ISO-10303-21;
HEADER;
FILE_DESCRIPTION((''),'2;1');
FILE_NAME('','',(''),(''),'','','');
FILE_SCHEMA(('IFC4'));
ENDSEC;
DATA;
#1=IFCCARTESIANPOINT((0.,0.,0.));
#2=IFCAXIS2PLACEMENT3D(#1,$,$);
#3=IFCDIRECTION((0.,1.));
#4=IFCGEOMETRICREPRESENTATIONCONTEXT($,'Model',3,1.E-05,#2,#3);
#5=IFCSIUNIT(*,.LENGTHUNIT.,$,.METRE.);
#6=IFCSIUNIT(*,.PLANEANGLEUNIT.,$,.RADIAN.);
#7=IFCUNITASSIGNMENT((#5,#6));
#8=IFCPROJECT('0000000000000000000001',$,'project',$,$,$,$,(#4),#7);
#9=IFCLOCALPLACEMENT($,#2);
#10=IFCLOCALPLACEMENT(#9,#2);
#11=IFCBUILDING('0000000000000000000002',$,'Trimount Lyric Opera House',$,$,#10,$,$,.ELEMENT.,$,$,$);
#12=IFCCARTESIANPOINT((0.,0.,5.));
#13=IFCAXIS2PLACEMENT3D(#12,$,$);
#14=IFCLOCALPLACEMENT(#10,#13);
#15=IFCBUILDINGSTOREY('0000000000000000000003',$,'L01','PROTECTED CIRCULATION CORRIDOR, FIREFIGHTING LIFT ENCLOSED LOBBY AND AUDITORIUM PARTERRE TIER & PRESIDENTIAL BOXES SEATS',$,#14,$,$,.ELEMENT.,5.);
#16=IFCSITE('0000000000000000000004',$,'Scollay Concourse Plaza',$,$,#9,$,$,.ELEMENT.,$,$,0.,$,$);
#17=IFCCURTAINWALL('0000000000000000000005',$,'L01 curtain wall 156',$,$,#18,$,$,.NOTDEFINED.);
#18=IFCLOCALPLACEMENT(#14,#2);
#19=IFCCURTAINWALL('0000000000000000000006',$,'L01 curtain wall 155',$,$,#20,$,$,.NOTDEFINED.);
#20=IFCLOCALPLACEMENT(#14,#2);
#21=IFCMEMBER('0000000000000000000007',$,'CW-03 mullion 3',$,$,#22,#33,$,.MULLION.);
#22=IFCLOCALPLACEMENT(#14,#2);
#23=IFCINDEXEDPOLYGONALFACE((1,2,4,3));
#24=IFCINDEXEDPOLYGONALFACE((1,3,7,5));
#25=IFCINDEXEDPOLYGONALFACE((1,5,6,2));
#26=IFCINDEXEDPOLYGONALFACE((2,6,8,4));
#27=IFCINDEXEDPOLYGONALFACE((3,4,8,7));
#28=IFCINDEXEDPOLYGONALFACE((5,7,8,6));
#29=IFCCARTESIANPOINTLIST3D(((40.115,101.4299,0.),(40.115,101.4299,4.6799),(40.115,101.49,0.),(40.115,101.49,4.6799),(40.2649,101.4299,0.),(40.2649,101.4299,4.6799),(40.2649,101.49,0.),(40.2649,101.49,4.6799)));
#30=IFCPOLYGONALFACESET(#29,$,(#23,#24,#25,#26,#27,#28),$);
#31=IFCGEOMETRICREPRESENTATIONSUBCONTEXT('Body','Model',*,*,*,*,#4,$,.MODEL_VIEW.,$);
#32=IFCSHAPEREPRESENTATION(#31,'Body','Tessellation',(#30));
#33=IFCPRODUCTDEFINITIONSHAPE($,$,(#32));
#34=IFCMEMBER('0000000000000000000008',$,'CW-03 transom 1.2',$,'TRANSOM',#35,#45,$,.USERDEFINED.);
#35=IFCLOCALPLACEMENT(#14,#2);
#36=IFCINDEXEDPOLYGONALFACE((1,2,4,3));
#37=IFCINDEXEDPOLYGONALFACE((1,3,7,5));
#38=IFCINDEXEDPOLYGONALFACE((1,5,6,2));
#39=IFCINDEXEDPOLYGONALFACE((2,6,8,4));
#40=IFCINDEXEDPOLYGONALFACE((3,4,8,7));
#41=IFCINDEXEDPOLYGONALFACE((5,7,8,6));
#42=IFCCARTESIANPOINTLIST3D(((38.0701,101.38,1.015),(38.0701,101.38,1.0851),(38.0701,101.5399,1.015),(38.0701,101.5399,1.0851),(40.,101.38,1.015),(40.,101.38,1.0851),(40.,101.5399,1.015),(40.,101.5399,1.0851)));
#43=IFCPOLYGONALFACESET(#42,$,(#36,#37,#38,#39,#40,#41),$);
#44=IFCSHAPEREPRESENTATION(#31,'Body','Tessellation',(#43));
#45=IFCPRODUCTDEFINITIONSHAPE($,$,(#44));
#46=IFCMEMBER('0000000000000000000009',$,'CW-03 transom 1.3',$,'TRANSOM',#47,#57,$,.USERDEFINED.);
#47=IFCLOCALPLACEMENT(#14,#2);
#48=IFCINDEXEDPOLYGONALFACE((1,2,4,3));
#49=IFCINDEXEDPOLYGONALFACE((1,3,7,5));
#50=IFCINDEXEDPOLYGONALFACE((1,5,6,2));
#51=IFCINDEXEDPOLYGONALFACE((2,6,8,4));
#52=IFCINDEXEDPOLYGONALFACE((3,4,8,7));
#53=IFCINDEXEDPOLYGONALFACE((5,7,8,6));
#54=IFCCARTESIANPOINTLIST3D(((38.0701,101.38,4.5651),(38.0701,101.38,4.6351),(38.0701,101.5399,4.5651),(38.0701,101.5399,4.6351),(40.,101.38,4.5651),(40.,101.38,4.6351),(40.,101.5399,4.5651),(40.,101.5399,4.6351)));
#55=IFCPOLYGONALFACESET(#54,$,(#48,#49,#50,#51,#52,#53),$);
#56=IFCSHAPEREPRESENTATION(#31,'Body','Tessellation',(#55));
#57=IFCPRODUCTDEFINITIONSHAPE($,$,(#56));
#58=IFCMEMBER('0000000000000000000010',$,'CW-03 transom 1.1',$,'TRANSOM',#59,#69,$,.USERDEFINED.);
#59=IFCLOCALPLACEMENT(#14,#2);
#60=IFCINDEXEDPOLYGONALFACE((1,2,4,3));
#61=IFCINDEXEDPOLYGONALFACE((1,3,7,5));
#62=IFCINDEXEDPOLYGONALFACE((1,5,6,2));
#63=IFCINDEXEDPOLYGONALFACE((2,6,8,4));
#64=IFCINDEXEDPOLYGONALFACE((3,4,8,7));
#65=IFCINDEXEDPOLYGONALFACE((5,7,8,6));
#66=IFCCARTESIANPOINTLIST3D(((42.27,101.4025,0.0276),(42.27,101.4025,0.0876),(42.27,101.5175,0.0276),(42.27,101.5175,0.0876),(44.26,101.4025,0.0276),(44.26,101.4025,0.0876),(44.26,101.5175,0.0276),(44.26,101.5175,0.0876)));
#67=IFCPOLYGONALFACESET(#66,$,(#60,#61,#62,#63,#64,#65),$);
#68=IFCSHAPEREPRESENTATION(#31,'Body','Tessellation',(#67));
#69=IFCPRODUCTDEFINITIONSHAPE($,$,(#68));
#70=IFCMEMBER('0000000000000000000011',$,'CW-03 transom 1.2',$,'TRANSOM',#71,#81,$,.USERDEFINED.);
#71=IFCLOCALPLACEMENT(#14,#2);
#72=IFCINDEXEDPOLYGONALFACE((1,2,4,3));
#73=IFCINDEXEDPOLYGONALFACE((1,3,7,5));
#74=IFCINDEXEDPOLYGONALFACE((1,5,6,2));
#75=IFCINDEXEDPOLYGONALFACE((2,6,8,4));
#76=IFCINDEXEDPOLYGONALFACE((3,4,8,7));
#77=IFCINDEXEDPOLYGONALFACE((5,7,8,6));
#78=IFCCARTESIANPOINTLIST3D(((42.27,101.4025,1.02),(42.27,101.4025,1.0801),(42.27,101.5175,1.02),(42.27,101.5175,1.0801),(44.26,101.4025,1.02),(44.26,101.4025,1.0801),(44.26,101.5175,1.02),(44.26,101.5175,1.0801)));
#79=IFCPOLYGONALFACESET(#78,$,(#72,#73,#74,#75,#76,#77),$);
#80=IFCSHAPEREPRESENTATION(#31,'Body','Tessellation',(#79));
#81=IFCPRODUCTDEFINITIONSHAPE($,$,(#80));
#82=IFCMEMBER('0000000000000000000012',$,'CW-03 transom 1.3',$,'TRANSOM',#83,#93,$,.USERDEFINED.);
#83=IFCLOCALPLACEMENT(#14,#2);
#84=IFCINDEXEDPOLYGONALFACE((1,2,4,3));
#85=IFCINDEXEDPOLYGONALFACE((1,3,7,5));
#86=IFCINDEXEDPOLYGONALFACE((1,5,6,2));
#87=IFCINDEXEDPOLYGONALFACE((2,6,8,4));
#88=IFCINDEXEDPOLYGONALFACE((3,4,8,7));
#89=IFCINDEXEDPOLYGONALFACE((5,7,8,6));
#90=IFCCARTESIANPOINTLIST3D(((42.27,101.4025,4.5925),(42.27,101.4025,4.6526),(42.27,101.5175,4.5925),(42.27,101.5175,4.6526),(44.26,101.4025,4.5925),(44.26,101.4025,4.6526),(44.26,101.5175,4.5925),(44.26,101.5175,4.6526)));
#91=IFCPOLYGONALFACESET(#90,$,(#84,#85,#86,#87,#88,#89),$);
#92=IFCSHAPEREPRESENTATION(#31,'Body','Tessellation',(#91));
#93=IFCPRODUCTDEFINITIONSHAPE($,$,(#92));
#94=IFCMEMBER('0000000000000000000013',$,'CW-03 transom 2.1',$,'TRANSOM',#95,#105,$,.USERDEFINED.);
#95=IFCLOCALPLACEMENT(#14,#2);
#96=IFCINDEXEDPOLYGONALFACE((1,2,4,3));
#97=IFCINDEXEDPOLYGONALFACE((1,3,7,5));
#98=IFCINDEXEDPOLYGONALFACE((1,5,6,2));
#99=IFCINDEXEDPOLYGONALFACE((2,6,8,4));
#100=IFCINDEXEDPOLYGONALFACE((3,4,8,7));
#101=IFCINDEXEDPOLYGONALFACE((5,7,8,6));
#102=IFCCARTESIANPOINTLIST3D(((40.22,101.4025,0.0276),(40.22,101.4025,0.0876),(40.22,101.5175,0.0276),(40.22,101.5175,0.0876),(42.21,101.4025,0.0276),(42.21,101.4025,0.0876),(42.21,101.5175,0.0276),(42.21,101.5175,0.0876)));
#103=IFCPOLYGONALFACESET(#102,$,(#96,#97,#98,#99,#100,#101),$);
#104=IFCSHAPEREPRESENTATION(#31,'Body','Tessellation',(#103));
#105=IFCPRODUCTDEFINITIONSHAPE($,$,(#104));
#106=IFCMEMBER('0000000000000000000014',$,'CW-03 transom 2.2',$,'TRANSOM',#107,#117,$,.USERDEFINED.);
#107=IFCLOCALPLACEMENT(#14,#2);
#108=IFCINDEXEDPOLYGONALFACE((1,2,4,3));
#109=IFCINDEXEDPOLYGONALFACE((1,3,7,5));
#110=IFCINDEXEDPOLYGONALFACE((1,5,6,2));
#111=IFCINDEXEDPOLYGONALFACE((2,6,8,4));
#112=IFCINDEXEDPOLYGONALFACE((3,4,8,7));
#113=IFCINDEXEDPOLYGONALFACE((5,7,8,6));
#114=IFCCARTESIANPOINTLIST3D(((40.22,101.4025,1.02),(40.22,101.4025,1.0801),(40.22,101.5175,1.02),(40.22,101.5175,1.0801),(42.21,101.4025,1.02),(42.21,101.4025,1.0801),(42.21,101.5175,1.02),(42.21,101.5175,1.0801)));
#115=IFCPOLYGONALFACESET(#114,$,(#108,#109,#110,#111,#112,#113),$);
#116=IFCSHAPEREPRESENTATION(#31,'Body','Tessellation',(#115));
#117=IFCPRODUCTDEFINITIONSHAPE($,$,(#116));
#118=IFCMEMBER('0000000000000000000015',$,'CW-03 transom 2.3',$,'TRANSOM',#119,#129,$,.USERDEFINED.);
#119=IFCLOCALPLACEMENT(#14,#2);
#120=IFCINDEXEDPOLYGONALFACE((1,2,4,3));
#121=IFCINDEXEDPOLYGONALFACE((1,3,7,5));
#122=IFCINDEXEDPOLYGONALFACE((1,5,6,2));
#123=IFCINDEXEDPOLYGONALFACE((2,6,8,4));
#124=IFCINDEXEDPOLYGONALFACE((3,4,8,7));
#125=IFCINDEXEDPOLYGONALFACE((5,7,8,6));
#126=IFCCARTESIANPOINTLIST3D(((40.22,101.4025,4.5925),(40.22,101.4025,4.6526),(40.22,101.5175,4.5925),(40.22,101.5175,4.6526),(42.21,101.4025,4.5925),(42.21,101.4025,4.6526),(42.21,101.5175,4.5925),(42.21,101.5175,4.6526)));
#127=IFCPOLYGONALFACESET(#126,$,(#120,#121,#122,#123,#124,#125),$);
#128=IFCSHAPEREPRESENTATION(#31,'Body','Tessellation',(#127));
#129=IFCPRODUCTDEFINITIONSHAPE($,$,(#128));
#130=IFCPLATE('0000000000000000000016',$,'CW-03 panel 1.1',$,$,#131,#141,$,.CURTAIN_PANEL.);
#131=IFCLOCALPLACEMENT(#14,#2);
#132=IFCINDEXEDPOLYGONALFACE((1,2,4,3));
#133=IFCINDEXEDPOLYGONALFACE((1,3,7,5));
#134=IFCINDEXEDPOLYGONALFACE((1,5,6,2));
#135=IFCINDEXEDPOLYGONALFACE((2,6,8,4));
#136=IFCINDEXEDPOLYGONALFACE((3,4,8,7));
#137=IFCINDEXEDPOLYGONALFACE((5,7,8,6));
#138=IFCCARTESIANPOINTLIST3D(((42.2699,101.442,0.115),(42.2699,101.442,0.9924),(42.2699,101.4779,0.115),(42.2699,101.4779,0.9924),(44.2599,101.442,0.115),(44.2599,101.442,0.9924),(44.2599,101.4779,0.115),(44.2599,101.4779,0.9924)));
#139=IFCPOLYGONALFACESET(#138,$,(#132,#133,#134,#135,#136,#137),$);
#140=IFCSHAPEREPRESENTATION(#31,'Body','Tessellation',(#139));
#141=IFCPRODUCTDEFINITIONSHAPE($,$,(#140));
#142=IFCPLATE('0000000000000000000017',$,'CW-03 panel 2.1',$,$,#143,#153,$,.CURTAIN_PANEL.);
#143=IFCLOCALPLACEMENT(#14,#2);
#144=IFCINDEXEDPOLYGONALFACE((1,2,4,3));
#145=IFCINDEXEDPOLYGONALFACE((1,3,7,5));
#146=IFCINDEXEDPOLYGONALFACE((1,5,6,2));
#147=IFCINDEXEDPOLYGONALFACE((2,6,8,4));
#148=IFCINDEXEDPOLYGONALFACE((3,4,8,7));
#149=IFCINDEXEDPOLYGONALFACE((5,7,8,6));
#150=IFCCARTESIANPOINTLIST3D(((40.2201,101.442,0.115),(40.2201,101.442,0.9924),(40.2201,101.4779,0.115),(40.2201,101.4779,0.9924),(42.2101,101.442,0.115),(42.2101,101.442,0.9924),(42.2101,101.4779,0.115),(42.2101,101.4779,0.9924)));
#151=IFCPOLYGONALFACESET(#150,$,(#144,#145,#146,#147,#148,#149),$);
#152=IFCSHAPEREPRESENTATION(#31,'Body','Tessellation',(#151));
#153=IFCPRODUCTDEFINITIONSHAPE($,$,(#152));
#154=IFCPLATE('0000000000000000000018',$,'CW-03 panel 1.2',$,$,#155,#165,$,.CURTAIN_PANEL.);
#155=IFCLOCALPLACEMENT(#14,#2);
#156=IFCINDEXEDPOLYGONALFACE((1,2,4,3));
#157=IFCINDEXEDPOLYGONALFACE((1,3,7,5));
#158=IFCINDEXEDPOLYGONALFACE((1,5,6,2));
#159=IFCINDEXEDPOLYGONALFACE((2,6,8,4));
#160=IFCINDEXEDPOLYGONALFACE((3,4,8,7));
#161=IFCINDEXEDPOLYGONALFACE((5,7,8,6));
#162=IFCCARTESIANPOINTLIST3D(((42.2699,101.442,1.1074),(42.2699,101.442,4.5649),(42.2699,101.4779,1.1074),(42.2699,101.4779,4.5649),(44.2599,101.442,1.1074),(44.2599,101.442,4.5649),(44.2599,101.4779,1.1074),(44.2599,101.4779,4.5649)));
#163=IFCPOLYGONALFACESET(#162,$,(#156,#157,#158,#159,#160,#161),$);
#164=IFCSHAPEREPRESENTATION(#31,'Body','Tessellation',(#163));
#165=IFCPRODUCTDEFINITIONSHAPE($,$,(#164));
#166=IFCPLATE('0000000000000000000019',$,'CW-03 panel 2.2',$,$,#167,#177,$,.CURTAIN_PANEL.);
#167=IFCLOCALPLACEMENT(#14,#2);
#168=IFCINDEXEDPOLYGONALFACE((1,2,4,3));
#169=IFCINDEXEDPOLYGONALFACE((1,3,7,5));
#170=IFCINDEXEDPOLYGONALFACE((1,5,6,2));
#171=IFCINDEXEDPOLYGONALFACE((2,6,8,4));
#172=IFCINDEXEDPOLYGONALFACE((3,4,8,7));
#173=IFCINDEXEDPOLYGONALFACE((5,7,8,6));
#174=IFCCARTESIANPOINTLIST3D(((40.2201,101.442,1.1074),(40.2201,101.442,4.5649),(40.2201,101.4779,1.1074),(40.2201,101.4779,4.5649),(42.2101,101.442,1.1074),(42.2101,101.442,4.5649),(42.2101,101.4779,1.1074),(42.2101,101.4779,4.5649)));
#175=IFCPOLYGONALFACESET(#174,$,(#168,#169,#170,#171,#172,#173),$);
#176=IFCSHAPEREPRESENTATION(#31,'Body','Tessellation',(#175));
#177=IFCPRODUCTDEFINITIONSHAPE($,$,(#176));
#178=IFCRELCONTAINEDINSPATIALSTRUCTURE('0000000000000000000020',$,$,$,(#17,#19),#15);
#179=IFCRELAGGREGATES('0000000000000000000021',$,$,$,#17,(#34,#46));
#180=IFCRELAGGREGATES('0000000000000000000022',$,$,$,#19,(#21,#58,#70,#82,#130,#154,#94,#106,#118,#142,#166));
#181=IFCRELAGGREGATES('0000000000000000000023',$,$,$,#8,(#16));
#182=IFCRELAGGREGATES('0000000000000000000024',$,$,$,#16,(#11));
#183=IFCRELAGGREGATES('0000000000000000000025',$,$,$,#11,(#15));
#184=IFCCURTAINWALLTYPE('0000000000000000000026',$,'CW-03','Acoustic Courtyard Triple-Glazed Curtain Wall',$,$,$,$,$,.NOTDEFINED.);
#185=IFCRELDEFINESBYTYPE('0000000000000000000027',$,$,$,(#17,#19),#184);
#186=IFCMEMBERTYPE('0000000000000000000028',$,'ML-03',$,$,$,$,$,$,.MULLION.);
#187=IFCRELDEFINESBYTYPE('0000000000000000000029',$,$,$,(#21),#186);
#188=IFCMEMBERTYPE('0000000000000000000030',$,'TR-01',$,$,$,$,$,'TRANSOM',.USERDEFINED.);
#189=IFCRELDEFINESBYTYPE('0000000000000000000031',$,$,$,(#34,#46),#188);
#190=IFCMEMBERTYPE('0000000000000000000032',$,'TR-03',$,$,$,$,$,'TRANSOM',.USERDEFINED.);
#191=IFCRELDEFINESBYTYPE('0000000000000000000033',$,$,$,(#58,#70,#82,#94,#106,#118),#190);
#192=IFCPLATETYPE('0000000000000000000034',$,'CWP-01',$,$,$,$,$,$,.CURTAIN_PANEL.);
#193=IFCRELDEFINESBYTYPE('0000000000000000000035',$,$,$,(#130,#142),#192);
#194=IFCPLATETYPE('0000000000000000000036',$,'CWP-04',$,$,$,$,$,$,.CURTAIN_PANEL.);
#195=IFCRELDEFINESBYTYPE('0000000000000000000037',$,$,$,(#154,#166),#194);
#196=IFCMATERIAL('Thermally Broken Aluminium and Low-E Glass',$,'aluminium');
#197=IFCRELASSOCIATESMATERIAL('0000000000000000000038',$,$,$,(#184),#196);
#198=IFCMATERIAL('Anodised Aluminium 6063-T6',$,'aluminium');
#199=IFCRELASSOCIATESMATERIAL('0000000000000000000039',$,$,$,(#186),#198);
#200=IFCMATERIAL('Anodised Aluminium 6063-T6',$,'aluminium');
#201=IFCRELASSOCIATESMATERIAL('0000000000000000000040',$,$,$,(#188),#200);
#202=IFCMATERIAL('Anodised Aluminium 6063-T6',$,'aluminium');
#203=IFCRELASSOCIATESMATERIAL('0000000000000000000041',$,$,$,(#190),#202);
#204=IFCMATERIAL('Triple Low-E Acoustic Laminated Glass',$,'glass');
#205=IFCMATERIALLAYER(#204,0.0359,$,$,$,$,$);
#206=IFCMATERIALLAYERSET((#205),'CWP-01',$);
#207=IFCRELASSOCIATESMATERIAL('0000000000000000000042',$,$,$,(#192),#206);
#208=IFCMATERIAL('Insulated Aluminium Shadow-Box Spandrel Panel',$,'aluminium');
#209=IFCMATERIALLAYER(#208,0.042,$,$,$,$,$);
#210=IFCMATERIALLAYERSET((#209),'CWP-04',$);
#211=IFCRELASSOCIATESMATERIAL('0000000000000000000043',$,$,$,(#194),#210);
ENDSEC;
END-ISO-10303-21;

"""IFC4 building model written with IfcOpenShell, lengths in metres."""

from ifc_helpers import new_model, si_unit, direction, frame, origin, origin_2d, place, context, subcontext, project, spatial, rectangle, extrude, material, layer, layer_set, material_profile, profile_set, type_object, element, aggregate, save


model = new_model("IFC4")

# Units and contexts
model_context = context("Model", 3, precision=1e-05, world=origin(), true_north=direction((0.0, 1.0)))
body_context = subcontext(model_context, "Body", "Model", "MODEL_VIEW")
ifc_project = project(units=[si_unit("LENGTHUNIT", "METRE"), si_unit("PLANEANGLEUNIT", "RADIAN")], contexts=[model_context])

# Site, building, storey
site_placement = place(None, origin())
site = spatial("IfcSite", under=ifc_project, at=site_placement, Name="Scollay Concourse Plaza", CompositionType="ELEMENT", RefElevation=0.0)
building_placement = place(site_placement, origin())
building = spatial("IfcBuilding", under=site, at=building_placement, Name="Trimount Lyric Opera House", CompositionType="ELEMENT")
storey_placement = place(building_placement, frame((0.0, 0.0, 5.0)))
storey = spatial("IfcBuildingStorey", under=building, at=storey_placement, Name="L01", Description="PROTECTED CIRCULATION CORRIDOR, FIREFIGHTING LIFT ENCLOSED LOBBY AND AUDITORIUM PARTERRE TIER & PRESIDENTIAL BOXES SEATS", CompositionType="ELEMENT", Elevation=5.0)

# Curtain wall
ifc_material_1 = material(Name="Thermally Broken Aluminium and Low-E Glass", Category="aluminium")
curtain_wall_type = type_object("IfcCurtainWallType", Name="CW-03", Description="Acoustic Courtyard Triple-Glazed Curtain Wall", PredefinedType="NOTDEFINED", material=ifc_material_1)
curtain_wall_1_placement = place(storey_placement, origin())
curtain_wall_1 = element("IfcCurtainWall", 1, at=curtain_wall_1_placement, inside=storey, type_object=curtain_wall_type, Name="L01 curtain wall 156", PredefinedType="NOTDEFINED")

# Curtain wall, member
curtain_wall_2_placement = place(storey_placement, origin())
curtain_wall_2 = element("IfcCurtainWall", 2, at=curtain_wall_2_placement, inside=storey, type_object=curtain_wall_type, Name="L01 curtain wall 155", PredefinedType="NOTDEFINED")
ifc_material_2 = material(Name="Anodised Aluminium 6063-T6", Category="aluminium")
ifc_material_profile_1 = material_profile(ifc_material_2, rectangle(XDim=0.0601, YDim=0.1499, at=origin_2d()), Name="ALU-MULL-60X150")
ifc_profile_set_1 = profile_set([ifc_material_profile_1], Name="Anodised Aluminium 6063-T6")
member_type_1 = type_object("IfcMemberType", Name="ML-03", PredefinedType="MULLION", material=ifc_profile_set_1)
member_1_placement = place(storey_placement, frame((40.1899, 101.46, 0.0), z_axis=(0.0, 0.0, 1.0), x_axis=(0.0, -1.0, 0.0)))
member_1 = element("IfcMember", 3, at=member_1_placement, type_object=member_type_1, Name="CW-03 mullion 3", PredefinedType="MULLION", context=body_context, shape_type="SweptSolid", body=[
    extrude(rectangle(XDim=0.0601, YDim=0.1499, at=origin_2d()), origin(), (0.0, 0.0, 1.0), 4.6799),
])

# Members
ifc_material_3 = material(Name="Anodised Aluminium 6063-T6", Category="aluminium")
ifc_material_profile_2 = material_profile(ifc_material_3, rectangle(XDim=0.1599, YDim=0.0701, at=origin_2d()), Name="ALU-TRAN-70X160")
ifc_profile_set_2 = profile_set([ifc_material_profile_2], Name="Anodised Aluminium 6063-T6")
member_type_2 = type_object("IfcMemberType", Name="TR-01", ElementType="TRANSOM", PredefinedType="USERDEFINED", material=ifc_profile_set_2)
member_2_placement = place(storey_placement, frame((40.0, 101.46, 1.05), z_axis=(-1.0, 0.0, 0.0), x_axis=(0.0, -1.0, 0.0)))
member_2 = element("IfcMember", 4, at=member_2_placement, type_object=member_type_2, Name="CW-03 transom 1.2", ObjectType="TRANSOM", PredefinedType="USERDEFINED", context=body_context, shape_type="SweptSolid", body=[
    extrude(rectangle(XDim=0.1599, YDim=0.0701, at=origin_2d()), origin(), (0.0, 0.0, 1.0), 1.9299),
])
member_3_placement = place(storey_placement, frame((40.0, 101.46, 4.6001), z_axis=(-1.0, 0.0, 0.0), x_axis=(0.0, -1.0, 0.0)))
member_3 = element("IfcMember", 5, at=member_3_placement, type_object=member_type_2, Name="CW-03 transom 1.3", ObjectType="TRANSOM", PredefinedType="USERDEFINED", context=body_context, shape_type="SweptSolid", body=[
    extrude(rectangle(XDim=0.1599, YDim=0.0701, at=origin_2d()), origin(), (0.0, 0.0, 1.0), 1.9299),
])
aggregate(curtain_wall_1, [member_2, member_3])
ifc_material_4 = material(Name="Anodised Aluminium 6063-T6", Category="aluminium")
ifc_material_profile_3 = material_profile(ifc_material_4, rectangle(XDim=0.115, YDim=0.0601, at=origin_2d()), Name="ALU-TRAN-60X115")
ifc_profile_set_3 = profile_set([ifc_material_profile_3], Name="Anodised Aluminium 6063-T6")
member_type_3 = type_object("IfcMemberType", Name="TR-03", ElementType="TRANSOM", PredefinedType="USERDEFINED", material=ifc_profile_set_3)
member_4_placement = place(storey_placement, frame((44.26, 101.46, 0.0576), z_axis=(-1.0, 0.0, 0.0), x_axis=(0.0, -1.0, 0.0)))
member_4 = element("IfcMember", 6, at=member_4_placement, type_object=member_type_3, Name="CW-03 transom 1.1", ObjectType="TRANSOM", PredefinedType="USERDEFINED", context=body_context, shape_type="SweptSolid", body=[
    extrude(rectangle(XDim=0.115, YDim=0.0601, at=origin_2d()), origin(), (0.0, 0.0, 1.0), 1.99),
])
member_5_placement = place(storey_placement, frame((44.26, 101.46, 1.05), z_axis=(-1.0, 0.0, 0.0), x_axis=(0.0, -1.0, 0.0)))
member_5 = element("IfcMember", 7, at=member_5_placement, type_object=member_type_3, Name="CW-03 transom 1.2", ObjectType="TRANSOM", PredefinedType="USERDEFINED", context=body_context, shape_type="SweptSolid", body=[
    extrude(rectangle(XDim=0.115, YDim=0.0601, at=origin_2d()), origin(), (0.0, 0.0, 1.0), 1.99),
])
member_6_placement = place(storey_placement, frame((44.26, 101.46, 4.6226), z_axis=(-1.0, 0.0, 0.0), x_axis=(0.0, -1.0, 0.0)))
member_6 = element("IfcMember", 8, at=member_6_placement, type_object=member_type_3, Name="CW-03 transom 1.3", ObjectType="TRANSOM", PredefinedType="USERDEFINED", context=body_context, shape_type="SweptSolid", body=[
    extrude(rectangle(XDim=0.115, YDim=0.0601, at=origin_2d()), origin(), (0.0, 0.0, 1.0), 1.99),
])
member_7_placement = place(storey_placement, frame((42.21, 101.46, 0.0576), z_axis=(-1.0, 0.0, 0.0), x_axis=(0.0, -1.0, 0.0)))
member_7 = element("IfcMember", 9, at=member_7_placement, type_object=member_type_3, Name="CW-03 transom 2.1", ObjectType="TRANSOM", PredefinedType="USERDEFINED", context=body_context, shape_type="SweptSolid", body=[
    extrude(rectangle(XDim=0.115, YDim=0.0601, at=origin_2d()), origin(), (0.0, 0.0, 1.0), 1.99),
])
member_8_placement = place(storey_placement, frame((42.21, 101.46, 1.05), z_axis=(-1.0, 0.0, 0.0), x_axis=(0.0, -1.0, 0.0)))
member_8 = element("IfcMember", 10, at=member_8_placement, type_object=member_type_3, Name="CW-03 transom 2.2", ObjectType="TRANSOM", PredefinedType="USERDEFINED", context=body_context, shape_type="SweptSolid", body=[
    extrude(rectangle(XDim=0.115, YDim=0.0601, at=origin_2d()), origin(), (0.0, 0.0, 1.0), 1.99),
])
member_9_placement = place(storey_placement, frame((42.21, 101.46, 4.6226), z_axis=(-1.0, 0.0, 0.0), x_axis=(0.0, -1.0, 0.0)))
member_9 = element("IfcMember", 11, at=member_9_placement, type_object=member_type_3, Name="CW-03 transom 2.3", ObjectType="TRANSOM", PredefinedType="USERDEFINED", context=body_context, shape_type="SweptSolid", body=[
    extrude(rectangle(XDim=0.115, YDim=0.0601, at=origin_2d()), origin(), (0.0, 0.0, 1.0), 1.99),
])

# Plates
ifc_material_5 = material(Name="Triple Low-E Acoustic Laminated Glass", Category="glass")
ifc_layer_1 = layer(ifc_material_5, 0.0359)
ifc_layer_set_1 = layer_set([ifc_layer_1], Name="CWP-01")
plate_type_1 = type_object("IfcPlateType", Name="CWP-01", PredefinedType="CURTAIN_PANEL", material=ifc_layer_set_1)
plate_1_placement = place(storey_placement, frame((43.2649, 101.46, 0.115), z_axis=(0.0, 0.0, 1.0), x_axis=(-1.0, 0.0, 0.0)))
plate_1 = element("IfcPlate", 12, at=plate_1_placement, type_object=plate_type_1, Name="CW-03 panel 1.1", PredefinedType="CURTAIN_PANEL", context=body_context, shape_type="SweptSolid", body=[
    extrude(rectangle(XDim=1.99, YDim=0.0359, at=origin_2d()), origin(), (0.0, 0.0, 1.0), 0.8774),
])
plate_2_placement = place(storey_placement, frame((41.2151, 101.46, 0.115), z_axis=(0.0, 0.0, 1.0), x_axis=(-1.0, 0.0, 0.0)))
plate_2 = element("IfcPlate", 13, at=plate_2_placement, type_object=plate_type_1, Name="CW-03 panel 2.1", PredefinedType="CURTAIN_PANEL", context=body_context, shape_type="SweptSolid", body=[
    extrude(rectangle(XDim=1.99, YDim=0.0359, at=origin_2d()), origin(), (0.0, 0.0, 1.0), 0.8774),
])
ifc_material_6 = material(Name="Insulated Aluminium Shadow-Box Spandrel Panel", Category="aluminium")
ifc_layer_2 = layer(ifc_material_6, 0.042)
ifc_layer_set_2 = layer_set([ifc_layer_2], Name="CWP-04")
plate_type_2 = type_object("IfcPlateType", Name="CWP-04", PredefinedType="CURTAIN_PANEL", material=ifc_layer_set_2)
plate_3_placement = place(storey_placement, frame((43.2649, 101.46, 1.1074), z_axis=(0.0, 0.0, 1.0), x_axis=(-1.0, 0.0, 0.0)))
plate_3 = element("IfcPlate", 14, at=plate_3_placement, type_object=plate_type_2, Name="CW-03 panel 1.2", PredefinedType="CURTAIN_PANEL", context=body_context, shape_type="SweptSolid", body=[
    extrude(rectangle(XDim=1.99, YDim=0.0359, at=origin_2d()), origin(), (0.0, 0.0, 1.0), 3.4575),
])
plate_4_placement = place(storey_placement, frame((41.2151, 101.46, 1.1074), z_axis=(0.0, 0.0, 1.0), x_axis=(-1.0, 0.0, 0.0)))
plate_4 = element("IfcPlate", 15, at=plate_4_placement, type_object=plate_type_2, Name="CW-03 panel 2.2", PredefinedType="CURTAIN_PANEL", context=body_context, shape_type="SweptSolid", body=[
    extrude(rectangle(XDim=1.99, YDim=0.0359, at=origin_2d()), origin(), (0.0, 0.0, 1.0), 3.4575),
])
aggregate(curtain_wall_2, [member_1, member_4, member_5, member_6, plate_1, plate_3, member_7, member_8, member_9, plate_2, plate_4])

save(model, "model.ifc")
